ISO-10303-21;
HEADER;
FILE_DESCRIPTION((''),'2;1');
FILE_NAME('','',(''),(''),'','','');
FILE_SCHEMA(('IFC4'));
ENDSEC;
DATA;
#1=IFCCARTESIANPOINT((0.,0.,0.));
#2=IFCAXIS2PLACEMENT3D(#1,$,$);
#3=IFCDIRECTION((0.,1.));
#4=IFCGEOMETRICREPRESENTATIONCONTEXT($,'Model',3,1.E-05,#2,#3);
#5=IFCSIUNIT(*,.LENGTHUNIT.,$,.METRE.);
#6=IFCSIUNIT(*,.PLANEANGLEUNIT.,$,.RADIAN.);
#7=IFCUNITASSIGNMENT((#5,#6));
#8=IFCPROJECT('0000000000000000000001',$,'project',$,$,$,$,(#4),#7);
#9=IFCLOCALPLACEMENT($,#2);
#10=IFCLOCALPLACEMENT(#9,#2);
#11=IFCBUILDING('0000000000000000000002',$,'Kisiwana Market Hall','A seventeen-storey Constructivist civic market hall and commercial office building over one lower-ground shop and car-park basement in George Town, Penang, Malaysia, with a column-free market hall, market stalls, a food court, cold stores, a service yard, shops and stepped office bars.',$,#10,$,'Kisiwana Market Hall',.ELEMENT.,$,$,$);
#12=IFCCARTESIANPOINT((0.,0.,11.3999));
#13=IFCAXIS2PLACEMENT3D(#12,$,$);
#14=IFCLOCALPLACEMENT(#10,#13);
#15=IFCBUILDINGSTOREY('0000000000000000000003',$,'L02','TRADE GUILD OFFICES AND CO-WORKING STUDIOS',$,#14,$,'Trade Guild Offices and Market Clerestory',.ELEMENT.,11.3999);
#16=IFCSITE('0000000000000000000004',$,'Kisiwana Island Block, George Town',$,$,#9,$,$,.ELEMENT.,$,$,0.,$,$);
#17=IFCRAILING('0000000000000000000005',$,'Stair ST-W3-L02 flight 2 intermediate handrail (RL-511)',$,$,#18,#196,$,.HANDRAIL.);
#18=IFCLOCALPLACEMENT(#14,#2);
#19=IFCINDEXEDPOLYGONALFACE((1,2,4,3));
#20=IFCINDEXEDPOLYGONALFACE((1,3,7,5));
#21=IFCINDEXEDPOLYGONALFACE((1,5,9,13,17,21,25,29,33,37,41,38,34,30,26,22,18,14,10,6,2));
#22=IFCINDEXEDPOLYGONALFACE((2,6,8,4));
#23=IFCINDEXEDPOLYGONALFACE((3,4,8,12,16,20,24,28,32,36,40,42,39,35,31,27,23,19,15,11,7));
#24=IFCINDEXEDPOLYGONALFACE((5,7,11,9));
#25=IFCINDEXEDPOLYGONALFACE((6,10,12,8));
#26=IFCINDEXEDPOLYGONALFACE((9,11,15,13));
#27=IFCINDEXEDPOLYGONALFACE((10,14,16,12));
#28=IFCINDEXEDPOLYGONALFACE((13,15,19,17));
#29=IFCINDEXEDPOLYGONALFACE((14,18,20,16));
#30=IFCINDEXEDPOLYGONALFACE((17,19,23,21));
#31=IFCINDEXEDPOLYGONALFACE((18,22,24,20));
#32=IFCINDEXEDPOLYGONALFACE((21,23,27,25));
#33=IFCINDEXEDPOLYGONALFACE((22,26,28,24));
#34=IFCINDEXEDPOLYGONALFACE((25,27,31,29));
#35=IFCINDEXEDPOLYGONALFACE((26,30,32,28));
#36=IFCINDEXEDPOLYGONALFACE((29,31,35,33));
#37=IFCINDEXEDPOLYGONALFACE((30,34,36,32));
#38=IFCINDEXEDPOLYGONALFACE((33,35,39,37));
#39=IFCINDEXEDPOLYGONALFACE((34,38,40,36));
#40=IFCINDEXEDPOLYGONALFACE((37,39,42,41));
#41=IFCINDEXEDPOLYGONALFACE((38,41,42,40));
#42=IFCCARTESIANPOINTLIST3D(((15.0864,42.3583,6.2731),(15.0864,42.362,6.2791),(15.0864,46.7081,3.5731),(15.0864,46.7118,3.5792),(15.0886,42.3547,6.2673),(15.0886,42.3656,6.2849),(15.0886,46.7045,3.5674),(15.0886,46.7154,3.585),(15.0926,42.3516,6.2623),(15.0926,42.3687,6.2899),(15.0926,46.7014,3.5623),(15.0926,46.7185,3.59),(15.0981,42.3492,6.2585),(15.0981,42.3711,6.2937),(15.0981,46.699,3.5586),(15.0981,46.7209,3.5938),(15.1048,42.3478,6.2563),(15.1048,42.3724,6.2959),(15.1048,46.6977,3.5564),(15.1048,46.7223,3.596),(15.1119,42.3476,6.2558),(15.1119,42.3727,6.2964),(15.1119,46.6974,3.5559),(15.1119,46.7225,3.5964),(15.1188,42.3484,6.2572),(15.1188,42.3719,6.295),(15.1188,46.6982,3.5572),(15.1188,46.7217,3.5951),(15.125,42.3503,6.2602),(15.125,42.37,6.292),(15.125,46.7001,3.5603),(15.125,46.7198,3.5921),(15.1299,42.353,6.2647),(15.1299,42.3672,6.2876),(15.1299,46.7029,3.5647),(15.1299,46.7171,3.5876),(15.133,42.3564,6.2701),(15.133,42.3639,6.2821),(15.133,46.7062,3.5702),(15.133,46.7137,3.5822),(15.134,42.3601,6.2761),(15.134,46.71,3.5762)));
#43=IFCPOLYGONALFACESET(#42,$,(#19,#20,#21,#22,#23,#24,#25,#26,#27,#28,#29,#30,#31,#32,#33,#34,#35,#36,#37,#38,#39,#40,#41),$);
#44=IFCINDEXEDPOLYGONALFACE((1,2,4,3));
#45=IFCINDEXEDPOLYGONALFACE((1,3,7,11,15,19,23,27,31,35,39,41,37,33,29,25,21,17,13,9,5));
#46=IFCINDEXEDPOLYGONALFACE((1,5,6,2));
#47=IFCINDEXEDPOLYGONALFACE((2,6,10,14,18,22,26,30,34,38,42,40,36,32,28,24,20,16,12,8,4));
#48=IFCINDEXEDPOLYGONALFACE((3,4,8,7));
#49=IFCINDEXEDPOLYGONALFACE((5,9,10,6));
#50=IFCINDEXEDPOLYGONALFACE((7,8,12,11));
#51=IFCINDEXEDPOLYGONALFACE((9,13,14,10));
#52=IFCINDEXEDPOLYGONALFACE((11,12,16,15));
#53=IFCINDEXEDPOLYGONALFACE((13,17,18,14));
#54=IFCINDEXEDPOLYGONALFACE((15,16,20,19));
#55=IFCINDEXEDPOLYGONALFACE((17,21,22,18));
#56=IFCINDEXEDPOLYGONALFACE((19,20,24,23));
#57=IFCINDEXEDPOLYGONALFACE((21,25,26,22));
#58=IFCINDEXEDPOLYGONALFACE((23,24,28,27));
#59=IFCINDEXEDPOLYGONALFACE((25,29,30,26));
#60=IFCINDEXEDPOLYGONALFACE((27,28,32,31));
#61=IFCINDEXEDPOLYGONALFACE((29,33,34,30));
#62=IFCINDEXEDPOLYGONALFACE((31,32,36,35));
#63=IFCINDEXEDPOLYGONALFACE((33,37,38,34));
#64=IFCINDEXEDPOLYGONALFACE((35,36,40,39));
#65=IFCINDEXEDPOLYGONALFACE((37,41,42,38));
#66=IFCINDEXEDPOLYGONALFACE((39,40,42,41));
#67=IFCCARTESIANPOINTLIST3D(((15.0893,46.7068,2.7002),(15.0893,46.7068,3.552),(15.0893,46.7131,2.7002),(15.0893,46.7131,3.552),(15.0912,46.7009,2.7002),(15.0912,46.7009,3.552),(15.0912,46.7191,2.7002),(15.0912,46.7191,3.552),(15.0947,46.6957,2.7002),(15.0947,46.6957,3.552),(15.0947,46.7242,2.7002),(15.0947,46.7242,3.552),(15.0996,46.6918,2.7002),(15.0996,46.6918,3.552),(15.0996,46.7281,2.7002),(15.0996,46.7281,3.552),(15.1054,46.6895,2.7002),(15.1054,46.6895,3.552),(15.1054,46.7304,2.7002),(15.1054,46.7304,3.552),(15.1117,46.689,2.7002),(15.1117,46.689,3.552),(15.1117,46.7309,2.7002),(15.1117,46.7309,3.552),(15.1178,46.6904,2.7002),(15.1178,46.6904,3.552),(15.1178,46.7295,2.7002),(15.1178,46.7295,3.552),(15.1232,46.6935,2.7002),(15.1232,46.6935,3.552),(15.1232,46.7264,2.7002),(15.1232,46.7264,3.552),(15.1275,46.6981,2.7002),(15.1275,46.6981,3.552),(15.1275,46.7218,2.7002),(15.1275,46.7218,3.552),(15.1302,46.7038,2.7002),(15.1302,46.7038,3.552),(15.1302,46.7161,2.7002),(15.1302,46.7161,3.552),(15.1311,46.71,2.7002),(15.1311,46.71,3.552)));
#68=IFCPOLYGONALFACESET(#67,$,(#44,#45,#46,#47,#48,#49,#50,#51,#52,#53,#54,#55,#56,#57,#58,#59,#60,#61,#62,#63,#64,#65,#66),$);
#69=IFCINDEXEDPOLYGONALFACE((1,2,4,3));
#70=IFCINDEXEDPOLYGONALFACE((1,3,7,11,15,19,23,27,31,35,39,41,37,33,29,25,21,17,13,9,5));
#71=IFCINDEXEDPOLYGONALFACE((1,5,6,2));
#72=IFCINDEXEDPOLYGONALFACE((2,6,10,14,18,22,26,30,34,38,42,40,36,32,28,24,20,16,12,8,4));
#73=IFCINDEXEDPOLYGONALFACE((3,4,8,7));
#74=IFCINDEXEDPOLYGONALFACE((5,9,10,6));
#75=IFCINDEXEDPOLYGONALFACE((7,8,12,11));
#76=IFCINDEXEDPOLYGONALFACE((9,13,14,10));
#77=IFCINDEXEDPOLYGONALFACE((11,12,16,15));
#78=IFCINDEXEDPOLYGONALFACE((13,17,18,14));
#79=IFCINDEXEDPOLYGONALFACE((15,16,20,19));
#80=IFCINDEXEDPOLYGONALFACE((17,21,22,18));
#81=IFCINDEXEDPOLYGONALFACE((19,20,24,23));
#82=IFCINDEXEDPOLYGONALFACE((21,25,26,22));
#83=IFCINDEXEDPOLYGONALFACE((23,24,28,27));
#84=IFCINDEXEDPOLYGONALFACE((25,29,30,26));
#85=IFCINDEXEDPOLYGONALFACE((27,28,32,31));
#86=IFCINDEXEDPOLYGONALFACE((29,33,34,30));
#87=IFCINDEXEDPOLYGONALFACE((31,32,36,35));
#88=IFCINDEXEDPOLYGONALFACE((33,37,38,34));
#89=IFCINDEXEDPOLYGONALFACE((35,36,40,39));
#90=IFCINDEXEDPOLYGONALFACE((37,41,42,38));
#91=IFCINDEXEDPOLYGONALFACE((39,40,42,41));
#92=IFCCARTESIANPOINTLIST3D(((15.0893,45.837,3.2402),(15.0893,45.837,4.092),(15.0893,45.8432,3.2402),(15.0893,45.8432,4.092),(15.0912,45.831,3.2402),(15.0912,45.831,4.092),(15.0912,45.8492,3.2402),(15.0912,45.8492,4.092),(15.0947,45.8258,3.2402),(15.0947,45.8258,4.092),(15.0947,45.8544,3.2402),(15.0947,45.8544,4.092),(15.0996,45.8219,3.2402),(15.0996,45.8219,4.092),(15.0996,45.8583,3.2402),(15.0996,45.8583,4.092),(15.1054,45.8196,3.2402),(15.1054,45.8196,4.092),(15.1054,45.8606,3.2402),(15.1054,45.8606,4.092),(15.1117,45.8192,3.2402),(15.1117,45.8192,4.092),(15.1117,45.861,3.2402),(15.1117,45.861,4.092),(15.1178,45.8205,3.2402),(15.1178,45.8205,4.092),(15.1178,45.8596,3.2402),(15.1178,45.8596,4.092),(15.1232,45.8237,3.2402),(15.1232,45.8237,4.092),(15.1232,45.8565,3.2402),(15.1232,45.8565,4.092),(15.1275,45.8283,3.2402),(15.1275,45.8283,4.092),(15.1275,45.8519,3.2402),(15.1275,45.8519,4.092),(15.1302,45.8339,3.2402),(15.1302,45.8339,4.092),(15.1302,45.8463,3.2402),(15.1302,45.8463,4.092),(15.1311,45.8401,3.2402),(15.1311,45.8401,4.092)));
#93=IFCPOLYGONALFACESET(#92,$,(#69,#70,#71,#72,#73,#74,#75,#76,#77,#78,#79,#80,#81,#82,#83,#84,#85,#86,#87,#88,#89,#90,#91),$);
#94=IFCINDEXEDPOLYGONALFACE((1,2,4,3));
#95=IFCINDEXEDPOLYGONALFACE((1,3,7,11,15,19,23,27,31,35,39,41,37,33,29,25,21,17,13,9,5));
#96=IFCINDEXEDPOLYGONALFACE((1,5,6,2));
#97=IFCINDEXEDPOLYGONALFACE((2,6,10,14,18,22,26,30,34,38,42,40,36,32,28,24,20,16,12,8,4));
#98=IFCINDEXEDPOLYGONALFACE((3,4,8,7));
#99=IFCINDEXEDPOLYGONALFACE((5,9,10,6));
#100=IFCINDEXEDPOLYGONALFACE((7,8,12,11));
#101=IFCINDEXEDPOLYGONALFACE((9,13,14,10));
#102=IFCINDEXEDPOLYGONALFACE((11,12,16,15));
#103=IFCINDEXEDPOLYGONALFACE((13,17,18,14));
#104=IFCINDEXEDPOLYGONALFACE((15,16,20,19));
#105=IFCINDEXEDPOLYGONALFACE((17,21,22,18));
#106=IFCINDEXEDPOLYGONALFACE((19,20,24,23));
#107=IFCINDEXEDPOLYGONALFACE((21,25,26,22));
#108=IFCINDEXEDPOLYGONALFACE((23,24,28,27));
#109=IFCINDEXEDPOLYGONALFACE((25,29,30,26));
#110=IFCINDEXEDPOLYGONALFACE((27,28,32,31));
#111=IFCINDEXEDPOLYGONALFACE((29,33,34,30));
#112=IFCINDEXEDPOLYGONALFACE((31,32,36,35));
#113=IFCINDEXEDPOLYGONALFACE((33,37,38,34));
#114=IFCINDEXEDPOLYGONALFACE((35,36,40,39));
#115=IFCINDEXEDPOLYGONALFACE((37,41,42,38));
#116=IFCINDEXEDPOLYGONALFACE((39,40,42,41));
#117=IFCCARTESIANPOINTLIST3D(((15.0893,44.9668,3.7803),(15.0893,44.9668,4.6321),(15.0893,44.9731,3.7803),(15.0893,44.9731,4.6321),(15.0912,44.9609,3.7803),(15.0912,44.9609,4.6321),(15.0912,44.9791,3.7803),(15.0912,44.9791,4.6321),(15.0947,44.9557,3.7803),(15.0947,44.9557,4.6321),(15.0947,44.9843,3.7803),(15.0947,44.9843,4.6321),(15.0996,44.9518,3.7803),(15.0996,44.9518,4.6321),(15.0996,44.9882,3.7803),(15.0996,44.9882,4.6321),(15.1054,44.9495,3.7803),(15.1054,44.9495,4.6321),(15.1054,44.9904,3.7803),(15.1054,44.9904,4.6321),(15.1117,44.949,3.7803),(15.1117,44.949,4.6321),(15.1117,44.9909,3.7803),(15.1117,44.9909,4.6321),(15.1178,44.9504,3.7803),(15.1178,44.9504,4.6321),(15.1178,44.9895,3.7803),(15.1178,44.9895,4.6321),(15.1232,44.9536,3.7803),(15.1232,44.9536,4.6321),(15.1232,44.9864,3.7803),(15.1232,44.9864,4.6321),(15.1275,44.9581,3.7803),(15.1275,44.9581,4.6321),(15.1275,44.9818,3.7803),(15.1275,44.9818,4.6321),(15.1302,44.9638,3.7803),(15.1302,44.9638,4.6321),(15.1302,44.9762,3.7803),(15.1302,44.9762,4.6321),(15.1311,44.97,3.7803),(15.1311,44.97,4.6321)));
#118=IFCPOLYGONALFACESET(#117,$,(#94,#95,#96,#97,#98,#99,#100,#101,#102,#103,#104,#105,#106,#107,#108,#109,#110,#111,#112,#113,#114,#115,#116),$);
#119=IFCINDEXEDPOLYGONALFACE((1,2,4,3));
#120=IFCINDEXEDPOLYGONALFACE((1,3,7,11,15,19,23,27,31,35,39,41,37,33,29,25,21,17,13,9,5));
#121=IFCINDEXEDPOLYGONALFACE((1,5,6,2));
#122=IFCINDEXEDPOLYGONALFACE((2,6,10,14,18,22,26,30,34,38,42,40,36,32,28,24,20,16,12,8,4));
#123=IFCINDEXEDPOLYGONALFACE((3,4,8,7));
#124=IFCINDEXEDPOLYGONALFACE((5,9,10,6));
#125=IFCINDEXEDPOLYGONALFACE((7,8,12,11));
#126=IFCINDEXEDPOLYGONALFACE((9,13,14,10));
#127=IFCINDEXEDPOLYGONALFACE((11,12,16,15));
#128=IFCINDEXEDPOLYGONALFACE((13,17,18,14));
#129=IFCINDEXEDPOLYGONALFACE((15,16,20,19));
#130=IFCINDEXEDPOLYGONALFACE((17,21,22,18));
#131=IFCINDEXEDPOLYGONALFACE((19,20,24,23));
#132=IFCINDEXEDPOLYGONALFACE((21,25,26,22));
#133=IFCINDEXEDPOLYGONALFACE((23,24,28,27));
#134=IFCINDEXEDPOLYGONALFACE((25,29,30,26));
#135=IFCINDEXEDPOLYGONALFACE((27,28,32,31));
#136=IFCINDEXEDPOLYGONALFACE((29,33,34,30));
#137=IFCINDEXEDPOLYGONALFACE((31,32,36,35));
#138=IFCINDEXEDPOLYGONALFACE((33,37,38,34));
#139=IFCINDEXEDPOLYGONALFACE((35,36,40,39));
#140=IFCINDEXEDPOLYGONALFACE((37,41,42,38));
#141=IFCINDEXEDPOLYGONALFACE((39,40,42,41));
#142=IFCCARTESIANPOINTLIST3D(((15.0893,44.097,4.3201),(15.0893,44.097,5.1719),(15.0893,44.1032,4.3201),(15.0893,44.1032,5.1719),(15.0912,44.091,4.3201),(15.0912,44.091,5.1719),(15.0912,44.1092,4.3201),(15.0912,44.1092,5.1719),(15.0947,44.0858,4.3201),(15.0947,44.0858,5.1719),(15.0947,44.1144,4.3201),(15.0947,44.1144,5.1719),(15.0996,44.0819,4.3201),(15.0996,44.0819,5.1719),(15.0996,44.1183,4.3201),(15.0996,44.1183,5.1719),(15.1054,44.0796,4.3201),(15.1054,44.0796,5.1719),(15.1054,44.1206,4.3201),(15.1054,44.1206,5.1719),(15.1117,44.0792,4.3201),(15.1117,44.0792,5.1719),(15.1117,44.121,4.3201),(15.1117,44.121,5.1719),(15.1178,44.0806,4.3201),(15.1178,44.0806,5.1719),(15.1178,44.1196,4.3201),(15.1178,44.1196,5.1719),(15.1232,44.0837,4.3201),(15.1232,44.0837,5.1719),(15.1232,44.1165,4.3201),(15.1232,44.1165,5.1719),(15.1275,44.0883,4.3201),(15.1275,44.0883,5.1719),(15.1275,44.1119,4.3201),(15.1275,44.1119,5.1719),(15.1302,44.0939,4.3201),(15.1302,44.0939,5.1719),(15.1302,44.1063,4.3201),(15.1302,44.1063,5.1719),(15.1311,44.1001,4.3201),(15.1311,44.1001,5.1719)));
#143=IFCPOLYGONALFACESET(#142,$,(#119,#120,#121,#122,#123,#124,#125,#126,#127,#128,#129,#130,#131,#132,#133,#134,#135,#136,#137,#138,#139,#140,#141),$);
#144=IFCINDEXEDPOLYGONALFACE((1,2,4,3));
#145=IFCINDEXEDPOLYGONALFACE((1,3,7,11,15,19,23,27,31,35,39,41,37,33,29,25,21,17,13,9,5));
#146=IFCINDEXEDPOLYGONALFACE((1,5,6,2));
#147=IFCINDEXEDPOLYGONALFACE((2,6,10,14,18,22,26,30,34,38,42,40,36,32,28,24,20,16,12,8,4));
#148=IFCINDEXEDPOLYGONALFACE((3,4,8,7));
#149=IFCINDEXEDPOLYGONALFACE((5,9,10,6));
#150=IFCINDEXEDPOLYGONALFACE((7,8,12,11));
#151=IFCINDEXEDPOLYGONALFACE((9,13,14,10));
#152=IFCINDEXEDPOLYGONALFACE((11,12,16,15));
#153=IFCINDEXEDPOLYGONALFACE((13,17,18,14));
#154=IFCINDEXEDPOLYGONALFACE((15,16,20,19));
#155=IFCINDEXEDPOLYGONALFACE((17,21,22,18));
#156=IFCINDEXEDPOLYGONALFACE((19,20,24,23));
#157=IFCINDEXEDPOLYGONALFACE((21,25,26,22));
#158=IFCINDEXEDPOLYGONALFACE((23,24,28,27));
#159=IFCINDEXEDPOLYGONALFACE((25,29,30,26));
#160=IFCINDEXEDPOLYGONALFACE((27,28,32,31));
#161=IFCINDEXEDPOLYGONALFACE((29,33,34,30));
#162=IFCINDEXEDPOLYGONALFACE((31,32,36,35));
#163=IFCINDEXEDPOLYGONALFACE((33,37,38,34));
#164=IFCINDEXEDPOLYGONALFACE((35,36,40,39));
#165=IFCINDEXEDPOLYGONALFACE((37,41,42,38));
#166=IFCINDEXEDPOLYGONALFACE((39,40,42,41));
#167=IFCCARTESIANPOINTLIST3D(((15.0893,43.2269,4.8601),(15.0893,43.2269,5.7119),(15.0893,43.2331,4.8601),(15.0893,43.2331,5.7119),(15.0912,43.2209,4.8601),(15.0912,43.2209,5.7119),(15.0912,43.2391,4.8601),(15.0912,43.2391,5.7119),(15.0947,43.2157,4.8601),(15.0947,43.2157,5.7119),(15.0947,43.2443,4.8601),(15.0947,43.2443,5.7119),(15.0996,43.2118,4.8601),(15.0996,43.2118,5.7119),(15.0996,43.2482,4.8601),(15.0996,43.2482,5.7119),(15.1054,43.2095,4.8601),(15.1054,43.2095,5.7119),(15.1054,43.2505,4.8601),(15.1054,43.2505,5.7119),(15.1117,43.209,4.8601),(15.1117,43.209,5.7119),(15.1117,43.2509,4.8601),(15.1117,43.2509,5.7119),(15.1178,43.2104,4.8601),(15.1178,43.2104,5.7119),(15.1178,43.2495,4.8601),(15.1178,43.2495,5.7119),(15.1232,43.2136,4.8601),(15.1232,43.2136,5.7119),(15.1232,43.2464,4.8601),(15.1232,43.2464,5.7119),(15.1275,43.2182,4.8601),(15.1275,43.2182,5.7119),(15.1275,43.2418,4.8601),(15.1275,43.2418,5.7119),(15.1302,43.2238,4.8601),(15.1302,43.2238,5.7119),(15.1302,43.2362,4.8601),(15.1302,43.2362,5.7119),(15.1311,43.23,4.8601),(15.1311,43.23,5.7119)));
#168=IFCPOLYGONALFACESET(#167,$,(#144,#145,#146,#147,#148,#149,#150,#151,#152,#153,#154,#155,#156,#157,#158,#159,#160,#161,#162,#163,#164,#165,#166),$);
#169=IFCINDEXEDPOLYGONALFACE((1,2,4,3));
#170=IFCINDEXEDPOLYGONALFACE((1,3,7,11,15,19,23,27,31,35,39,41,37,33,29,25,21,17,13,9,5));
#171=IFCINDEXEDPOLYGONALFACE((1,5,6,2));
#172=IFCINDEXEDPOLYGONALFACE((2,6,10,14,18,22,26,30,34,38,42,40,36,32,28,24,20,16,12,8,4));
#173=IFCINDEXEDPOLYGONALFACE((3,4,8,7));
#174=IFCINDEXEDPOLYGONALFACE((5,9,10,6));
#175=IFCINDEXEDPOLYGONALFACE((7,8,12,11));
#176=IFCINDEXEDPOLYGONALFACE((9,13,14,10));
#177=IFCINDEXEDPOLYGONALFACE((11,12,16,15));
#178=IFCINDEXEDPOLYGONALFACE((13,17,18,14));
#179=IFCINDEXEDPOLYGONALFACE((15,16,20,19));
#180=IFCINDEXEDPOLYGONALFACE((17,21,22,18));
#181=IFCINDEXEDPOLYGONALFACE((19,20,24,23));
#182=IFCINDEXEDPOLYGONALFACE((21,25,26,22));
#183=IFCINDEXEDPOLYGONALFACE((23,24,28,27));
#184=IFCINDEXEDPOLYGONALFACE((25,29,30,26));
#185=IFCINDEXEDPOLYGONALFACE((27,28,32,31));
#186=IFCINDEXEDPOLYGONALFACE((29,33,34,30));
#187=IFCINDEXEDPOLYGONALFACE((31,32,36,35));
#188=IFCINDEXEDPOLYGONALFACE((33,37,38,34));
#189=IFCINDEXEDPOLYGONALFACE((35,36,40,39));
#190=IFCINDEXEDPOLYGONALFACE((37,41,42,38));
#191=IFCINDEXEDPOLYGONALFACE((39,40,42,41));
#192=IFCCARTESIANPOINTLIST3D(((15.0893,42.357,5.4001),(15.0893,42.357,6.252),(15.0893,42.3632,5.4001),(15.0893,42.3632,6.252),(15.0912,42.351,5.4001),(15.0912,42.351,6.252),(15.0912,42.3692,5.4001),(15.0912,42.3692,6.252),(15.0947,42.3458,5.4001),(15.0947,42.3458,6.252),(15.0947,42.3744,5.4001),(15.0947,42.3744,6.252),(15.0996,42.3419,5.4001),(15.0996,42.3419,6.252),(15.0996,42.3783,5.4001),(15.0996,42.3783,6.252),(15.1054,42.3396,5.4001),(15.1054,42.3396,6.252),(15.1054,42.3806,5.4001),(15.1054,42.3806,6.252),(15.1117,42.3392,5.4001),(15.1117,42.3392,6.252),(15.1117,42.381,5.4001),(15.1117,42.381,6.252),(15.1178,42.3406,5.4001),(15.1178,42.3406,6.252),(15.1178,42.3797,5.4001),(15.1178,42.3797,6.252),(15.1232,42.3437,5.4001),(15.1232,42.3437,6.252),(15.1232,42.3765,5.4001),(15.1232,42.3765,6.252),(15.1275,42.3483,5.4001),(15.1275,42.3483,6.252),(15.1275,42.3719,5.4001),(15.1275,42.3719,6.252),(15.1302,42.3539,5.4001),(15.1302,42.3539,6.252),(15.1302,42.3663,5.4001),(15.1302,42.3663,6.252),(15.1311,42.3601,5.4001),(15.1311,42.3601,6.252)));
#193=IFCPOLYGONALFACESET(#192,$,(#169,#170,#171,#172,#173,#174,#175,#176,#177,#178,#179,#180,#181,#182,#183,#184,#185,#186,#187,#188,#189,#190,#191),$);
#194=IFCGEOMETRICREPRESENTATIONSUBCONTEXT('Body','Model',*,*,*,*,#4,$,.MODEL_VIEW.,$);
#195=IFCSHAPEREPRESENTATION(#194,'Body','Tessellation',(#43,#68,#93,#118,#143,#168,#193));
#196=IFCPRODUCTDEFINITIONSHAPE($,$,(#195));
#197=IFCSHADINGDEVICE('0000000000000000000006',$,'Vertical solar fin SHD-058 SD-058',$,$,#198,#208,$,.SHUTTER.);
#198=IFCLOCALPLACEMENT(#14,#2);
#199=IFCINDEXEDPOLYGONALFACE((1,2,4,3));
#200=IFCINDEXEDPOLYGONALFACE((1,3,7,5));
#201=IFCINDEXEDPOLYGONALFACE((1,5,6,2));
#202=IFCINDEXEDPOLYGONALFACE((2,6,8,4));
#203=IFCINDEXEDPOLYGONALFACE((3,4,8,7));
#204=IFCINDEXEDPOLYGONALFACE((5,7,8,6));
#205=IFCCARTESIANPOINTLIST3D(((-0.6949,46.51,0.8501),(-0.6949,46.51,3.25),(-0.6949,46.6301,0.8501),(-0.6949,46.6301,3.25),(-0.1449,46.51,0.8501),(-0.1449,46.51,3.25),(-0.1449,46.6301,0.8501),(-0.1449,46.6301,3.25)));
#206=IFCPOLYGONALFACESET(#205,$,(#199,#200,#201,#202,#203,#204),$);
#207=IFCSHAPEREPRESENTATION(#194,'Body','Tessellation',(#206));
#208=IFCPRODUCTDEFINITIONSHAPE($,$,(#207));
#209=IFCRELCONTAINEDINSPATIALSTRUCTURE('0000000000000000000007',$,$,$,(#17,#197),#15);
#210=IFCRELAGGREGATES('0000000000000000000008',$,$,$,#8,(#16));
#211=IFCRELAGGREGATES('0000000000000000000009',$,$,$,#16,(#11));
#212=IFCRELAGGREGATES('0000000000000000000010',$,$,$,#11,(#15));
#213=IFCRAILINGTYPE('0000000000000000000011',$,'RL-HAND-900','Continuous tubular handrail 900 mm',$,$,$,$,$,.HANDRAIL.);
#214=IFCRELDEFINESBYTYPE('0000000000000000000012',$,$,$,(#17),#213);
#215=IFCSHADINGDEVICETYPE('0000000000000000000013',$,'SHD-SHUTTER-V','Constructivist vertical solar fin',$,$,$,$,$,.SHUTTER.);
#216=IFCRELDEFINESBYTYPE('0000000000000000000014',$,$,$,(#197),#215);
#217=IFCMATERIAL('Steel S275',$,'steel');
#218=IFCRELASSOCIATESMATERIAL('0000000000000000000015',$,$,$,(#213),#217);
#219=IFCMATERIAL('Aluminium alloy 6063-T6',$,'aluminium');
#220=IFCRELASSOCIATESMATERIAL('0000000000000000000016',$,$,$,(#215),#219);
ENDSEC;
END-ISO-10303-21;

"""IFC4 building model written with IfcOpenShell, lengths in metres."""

from ifc_helpers import new_model, si_unit, direction, frame, origin, origin_2d, place, context, subcontext, project, spatial, rectangle, circle, extrude, material, type_object, element, save


model = new_model("IFC4")

# Units and contexts
model_context = context("Model", 3, precision=1e-05, world=origin(), true_north=direction((0.0, 1.0)))
body_context = subcontext(model_context, "Body", "Model", "MODEL_VIEW")
ifc_project = project(units=[si_unit("LENGTHUNIT", "METRE"), si_unit("PLANEANGLEUNIT", "RADIAN")], contexts=[model_context])

# Site, building, storey
site_placement = place(None, origin())
site = spatial("IfcSite", under=ifc_project, at=site_placement, Name="Kisiwana Island Block, George Town", CompositionType="ELEMENT", RefElevation=0.0)
building_placement = place(site_placement, origin())
building = spatial("IfcBuilding", under=site, at=building_placement, Name="Kisiwana Market Hall", Description="A seventeen-storey Constructivist civic market hall and commercial office building over one lower-ground shop and car-park basement in George Town, Penang, Malaysia, with a column-free market hall, market stalls, a food court, cold stores, a service yard, shops and stepped office bars.", LongName="Kisiwana Market Hall", CompositionType="ELEMENT")
storey_placement = place(building_placement, frame((0.0, 0.0, 11.3999)))
storey = spatial("IfcBuildingStorey", under=building, at=storey_placement, Name="L02", Description="TRADE GUILD OFFICES AND CO-WORKING STUDIOS", LongName="Trade Guild Offices and Market Clerestory", CompositionType="ELEMENT", Elevation=11.3999)

# Railing
ifc_material_1 = material(Name="Steel S275", Category="steel")
railing_type = type_object("IfcRailingType", Name="RL-HAND-900", Description="Continuous tubular handrail 900 mm", PredefinedType="HANDRAIL", material=ifc_material_1)
for number, where, name in (
    (1, (15.1101, 46.71, 2.7002), "Stair ST-W3-L02 flight 2 intermediate handrail (RL-511)"),
):
    element("IfcRailing", number, at=place(storey_placement, frame(where)), inside=storey, type_object=railing_type, Name=name, PredefinedType="HANDRAIL", context=body_context, shape_type="SweptSolid", body=[
        extrude(circle(Radius=0.0239, at=origin_2d()), frame((0.0, 0.0, 0.876), z_axis=(0.0, -0.849636, 0.527369), x_axis=(1.0, 0.0, 0.0)), (0.0, 0.0, 1.0), 5.1196),
        extrude(circle(Radius=0.021, at=origin_2d()), origin(), (0.0, 0.0, 1.0), 0.8518),
        extrude(circle(Radius=0.021, at=origin_2d()), frame((0.0, -0.8699, 0.54)), (0.0, 0.0, 1.0), 0.8518),
        extrude(circle(Radius=0.021, at=origin_2d()), frame((0.0, -1.74, 1.0801)), (0.0, 0.0, 1.0), 0.8518),
        extrude(circle(Radius=0.021, at=origin_2d()), frame((0.0, -2.6099, 1.6199)), (0.0, 0.0, 1.0), 0.8518),
        extrude(circle(Radius=0.021, at=origin_2d()), frame((0.0, -3.48, 2.1599)), (0.0, 0.0, 1.0), 0.8518),
        extrude(circle(Radius=0.021, at=origin_2d()), frame((0.0, -4.3499, 2.7)), (0.0, 0.0, 1.0), 0.8518),
    ])

# Shading device
ifc_material_2 = material(Name="Aluminium alloy 6063-T6", Category="aluminium")
shading_device_type = type_object("IfcShadingDeviceType", Name="SHD-SHUTTER-V", Description="Constructivist vertical solar fin", PredefinedType="SHUTTER", material=ifc_material_2)
shading_device_placement = place(storey_placement, frame((-0.4199, 46.5701, 0.8501), z_axis=(0.0, 0.0, 1.0), x_axis=(0.0, 1.0, 0.0)))
element("IfcShadingDevice", 2, at=shading_device_placement, inside=storey, type_object=shading_device_type, Name="Vertical solar fin SHD-058 SD-058", PredefinedType="SHUTTER", context=body_context, shape_type="SweptSolid", body=[
    extrude(rectangle(XDim=0.1201, YDim=0.55, at=origin_2d()), origin(), (0.0, 0.0, 1.0), 2.3999),
])

save(model, "model.ifc")
